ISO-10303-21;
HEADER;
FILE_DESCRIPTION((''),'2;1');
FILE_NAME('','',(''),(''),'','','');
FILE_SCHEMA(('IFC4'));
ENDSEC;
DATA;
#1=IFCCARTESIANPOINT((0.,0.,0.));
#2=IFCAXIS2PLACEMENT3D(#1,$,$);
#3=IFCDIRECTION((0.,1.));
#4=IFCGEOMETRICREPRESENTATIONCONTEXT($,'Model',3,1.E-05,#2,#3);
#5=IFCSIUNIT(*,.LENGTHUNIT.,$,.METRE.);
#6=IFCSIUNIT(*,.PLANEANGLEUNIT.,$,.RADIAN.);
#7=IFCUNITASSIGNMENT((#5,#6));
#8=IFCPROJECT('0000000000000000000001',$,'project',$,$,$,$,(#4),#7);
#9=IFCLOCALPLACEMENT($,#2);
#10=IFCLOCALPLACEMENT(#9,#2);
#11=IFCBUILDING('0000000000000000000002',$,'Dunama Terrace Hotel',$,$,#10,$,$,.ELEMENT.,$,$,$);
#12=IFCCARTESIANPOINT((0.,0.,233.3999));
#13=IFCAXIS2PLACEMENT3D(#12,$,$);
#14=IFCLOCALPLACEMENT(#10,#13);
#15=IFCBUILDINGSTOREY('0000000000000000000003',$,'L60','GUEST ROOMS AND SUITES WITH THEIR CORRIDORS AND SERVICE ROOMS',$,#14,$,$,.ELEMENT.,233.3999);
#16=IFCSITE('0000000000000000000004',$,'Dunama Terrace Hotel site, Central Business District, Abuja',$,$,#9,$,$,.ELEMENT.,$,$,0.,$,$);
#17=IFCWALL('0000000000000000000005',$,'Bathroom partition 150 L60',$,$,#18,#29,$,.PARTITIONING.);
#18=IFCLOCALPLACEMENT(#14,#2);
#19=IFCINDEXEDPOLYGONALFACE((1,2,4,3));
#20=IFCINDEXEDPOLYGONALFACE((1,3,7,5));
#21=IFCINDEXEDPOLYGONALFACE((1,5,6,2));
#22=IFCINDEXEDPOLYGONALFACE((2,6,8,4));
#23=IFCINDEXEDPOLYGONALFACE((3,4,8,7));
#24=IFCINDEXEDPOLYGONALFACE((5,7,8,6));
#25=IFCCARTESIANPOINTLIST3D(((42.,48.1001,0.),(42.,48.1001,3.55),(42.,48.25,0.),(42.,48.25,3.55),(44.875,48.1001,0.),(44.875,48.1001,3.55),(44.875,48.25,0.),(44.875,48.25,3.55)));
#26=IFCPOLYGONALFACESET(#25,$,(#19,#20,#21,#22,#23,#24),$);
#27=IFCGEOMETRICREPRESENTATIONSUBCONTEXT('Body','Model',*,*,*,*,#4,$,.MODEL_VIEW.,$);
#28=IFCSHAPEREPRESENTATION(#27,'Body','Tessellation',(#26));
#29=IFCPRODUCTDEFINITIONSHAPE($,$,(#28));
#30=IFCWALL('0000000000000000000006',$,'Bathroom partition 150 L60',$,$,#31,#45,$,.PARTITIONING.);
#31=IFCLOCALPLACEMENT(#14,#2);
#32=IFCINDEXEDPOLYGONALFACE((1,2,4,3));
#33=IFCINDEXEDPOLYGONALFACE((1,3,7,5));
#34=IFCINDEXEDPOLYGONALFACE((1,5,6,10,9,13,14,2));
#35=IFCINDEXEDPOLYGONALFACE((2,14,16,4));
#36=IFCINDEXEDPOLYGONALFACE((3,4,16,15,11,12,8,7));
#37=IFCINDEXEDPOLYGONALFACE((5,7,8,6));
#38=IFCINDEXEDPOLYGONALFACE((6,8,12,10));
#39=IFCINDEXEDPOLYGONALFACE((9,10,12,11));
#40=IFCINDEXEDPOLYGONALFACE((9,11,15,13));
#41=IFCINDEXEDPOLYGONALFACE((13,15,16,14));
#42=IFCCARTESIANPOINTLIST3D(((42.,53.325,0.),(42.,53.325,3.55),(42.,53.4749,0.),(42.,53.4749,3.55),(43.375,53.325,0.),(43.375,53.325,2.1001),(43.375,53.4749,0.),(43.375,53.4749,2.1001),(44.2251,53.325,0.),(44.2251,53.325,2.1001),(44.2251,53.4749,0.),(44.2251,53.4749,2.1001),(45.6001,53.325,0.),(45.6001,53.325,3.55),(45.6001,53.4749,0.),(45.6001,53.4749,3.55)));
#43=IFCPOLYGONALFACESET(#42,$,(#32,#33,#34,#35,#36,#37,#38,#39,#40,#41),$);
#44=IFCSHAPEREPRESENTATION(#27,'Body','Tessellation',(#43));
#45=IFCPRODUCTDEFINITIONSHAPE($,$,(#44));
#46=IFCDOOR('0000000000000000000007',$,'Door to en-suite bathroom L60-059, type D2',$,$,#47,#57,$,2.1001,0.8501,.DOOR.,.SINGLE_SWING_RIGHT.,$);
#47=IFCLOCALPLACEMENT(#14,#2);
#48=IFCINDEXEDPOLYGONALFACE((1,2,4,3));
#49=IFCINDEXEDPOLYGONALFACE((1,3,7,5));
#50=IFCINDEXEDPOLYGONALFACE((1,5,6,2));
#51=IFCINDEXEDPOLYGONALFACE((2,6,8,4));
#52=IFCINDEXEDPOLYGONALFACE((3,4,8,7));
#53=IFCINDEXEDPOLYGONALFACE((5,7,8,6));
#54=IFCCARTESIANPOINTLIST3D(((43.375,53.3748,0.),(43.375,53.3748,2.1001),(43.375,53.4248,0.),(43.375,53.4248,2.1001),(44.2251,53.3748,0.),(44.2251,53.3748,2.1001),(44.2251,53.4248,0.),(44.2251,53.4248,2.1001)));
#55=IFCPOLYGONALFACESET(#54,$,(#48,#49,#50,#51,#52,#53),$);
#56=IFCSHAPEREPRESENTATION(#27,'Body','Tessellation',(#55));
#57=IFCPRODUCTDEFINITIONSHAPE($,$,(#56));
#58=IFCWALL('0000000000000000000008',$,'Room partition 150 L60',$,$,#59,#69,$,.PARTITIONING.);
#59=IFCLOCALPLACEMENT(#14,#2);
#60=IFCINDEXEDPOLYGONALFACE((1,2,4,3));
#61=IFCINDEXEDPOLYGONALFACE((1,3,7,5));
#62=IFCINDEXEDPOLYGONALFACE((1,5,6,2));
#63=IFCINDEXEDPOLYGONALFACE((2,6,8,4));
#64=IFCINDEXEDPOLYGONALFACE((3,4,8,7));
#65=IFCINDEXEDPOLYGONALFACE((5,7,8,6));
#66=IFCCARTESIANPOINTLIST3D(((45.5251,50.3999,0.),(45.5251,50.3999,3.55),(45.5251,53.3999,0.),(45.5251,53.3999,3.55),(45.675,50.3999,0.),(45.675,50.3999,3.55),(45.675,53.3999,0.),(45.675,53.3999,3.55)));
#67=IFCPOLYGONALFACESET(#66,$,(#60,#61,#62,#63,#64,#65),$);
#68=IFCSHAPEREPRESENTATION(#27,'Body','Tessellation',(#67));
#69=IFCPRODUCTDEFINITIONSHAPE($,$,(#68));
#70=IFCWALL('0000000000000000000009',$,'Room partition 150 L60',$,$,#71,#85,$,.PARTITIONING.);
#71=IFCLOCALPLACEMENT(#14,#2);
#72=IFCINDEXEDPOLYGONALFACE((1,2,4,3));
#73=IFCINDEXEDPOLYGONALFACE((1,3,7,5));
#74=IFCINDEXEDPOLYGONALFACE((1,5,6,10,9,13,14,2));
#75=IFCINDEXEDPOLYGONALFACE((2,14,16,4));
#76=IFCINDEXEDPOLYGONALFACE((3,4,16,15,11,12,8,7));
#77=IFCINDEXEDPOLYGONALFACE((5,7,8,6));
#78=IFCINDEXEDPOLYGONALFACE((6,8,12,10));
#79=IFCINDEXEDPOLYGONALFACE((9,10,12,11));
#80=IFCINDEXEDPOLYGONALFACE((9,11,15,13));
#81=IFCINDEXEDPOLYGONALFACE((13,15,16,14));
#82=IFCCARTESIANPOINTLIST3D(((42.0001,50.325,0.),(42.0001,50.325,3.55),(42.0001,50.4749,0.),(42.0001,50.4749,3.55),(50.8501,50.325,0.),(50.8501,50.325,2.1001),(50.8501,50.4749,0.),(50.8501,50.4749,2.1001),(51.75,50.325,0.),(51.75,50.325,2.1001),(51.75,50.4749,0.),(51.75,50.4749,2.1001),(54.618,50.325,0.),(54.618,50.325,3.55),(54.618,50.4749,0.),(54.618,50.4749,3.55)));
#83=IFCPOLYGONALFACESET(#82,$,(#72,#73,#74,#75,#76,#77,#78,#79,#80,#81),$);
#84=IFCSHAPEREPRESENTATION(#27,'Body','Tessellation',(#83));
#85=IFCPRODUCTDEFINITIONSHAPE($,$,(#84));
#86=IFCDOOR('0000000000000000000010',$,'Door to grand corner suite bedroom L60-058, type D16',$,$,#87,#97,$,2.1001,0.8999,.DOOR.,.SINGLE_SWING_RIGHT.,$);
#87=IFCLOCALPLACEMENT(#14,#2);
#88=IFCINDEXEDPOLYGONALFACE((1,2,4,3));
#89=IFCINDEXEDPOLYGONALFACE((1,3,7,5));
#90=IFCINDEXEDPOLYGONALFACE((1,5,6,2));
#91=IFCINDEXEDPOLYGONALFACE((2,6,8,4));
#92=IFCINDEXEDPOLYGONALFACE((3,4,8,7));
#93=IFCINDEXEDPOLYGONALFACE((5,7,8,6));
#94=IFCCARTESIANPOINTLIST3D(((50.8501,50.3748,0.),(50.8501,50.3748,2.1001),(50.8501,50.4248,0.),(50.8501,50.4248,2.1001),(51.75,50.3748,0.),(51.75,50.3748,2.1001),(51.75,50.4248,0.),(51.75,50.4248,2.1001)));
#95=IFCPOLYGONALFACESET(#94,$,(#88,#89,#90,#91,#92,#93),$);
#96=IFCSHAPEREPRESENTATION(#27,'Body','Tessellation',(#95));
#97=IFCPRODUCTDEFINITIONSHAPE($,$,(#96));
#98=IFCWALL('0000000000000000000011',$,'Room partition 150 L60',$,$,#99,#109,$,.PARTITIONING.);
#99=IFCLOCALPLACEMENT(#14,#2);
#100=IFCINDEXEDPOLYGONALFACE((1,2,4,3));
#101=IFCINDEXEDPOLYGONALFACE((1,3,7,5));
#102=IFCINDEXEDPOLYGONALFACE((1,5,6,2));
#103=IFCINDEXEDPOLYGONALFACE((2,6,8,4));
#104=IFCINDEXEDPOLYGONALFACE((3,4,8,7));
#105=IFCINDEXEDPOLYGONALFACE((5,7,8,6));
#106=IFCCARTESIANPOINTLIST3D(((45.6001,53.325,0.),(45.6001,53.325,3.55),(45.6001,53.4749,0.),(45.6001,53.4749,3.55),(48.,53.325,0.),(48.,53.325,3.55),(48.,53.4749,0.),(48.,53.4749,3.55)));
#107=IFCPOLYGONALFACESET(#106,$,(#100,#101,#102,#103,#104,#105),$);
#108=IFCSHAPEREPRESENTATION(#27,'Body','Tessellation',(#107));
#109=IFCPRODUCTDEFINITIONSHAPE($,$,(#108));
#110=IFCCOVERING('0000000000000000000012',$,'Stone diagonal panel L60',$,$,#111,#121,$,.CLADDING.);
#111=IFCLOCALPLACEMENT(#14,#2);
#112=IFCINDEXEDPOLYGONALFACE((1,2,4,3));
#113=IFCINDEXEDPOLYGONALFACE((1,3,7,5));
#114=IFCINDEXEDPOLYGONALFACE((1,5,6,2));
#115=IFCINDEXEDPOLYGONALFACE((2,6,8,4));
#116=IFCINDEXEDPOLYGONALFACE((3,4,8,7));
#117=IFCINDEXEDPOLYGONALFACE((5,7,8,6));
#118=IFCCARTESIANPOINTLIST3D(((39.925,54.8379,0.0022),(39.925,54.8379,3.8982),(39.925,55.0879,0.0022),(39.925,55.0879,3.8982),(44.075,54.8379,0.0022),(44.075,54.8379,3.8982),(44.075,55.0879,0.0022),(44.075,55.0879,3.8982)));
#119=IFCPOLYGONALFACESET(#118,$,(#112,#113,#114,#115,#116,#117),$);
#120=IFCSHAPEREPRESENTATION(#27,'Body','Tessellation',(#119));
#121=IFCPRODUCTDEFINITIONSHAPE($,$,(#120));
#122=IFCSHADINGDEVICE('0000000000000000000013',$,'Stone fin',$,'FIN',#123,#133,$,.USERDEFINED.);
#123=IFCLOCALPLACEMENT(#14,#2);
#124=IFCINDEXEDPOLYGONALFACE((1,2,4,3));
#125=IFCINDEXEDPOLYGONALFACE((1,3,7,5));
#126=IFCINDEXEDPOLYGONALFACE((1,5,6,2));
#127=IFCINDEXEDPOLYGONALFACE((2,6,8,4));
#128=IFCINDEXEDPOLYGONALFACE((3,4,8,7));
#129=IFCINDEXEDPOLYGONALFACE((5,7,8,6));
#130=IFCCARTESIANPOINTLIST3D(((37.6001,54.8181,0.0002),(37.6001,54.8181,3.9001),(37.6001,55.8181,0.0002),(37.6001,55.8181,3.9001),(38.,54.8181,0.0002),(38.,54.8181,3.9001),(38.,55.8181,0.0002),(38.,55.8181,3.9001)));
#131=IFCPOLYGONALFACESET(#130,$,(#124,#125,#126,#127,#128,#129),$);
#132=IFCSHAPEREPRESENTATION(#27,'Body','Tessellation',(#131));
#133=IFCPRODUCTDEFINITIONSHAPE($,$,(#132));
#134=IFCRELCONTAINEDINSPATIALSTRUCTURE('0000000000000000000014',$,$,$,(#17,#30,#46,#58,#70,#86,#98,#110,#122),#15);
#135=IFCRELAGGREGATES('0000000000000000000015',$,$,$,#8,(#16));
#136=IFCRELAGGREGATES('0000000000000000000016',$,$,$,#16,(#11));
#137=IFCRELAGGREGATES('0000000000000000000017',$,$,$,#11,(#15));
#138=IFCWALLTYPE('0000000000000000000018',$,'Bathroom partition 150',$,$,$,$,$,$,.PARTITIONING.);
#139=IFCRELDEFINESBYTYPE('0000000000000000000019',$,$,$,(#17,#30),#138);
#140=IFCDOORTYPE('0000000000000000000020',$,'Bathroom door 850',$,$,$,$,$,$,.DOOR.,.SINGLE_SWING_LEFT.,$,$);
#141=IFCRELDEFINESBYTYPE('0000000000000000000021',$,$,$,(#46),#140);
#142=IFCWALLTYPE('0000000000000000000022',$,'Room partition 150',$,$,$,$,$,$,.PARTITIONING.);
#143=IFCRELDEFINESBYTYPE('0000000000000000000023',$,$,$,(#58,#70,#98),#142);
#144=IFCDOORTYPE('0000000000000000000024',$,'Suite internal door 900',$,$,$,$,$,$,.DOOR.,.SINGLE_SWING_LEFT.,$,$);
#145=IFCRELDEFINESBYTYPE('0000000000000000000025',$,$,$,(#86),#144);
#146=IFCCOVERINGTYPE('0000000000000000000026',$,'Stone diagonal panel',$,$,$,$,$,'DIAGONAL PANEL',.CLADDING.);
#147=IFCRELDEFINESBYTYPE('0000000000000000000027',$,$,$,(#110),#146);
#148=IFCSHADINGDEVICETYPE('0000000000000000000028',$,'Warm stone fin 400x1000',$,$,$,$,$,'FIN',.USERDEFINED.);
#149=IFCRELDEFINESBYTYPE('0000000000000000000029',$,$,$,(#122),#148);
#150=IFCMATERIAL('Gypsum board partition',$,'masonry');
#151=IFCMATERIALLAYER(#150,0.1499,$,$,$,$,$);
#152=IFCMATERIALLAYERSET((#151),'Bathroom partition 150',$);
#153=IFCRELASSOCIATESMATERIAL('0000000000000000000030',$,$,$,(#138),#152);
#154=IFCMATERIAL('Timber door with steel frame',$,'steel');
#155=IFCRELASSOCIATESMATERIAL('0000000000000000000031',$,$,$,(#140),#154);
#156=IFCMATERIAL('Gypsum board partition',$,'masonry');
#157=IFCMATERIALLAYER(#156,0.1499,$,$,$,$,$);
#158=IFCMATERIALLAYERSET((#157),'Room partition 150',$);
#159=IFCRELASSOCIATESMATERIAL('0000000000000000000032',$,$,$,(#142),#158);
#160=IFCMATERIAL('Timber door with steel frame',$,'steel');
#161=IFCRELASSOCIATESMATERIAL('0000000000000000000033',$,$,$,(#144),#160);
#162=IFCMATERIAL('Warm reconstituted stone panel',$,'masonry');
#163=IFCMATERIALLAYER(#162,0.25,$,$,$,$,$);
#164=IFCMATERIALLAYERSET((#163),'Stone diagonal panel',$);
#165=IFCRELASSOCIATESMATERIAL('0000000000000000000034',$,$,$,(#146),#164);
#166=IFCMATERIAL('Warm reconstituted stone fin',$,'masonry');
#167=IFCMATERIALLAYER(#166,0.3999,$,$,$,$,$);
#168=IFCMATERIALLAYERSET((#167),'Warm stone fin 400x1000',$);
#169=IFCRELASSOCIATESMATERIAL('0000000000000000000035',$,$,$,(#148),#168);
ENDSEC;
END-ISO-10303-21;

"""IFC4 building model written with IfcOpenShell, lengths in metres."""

from ifc_helpers import new_model, si_unit, direction, frame, frame_2d, origin, origin_2d, place, context, subcontext, project, spatial, rectangle, extrude, material, layer, layer_set, type_object, element, fill, save


model = new_model("IFC4")

# Units and contexts
model_context = context("Model", 3, precision=1e-05, world=origin(), true_north=direction((0.0, 1.0)))
body_context = subcontext(model_context, "Body", "Model", "MODEL_VIEW")
ifc_project = project(units=[si_unit("LENGTHUNIT", "METRE"), si_unit("PLANEANGLEUNIT", "RADIAN")], contexts=[model_context])

# Site, building, storey
site_placement = place(None, origin())
site = spatial("IfcSite", under=ifc_project, at=site_placement, Name="Dunama Terrace Hotel site, Central Business District, Abuja", CompositionType="ELEMENT", RefElevation=0.0)
building_placement = place(site_placement, origin())
building = spatial("IfcBuilding", under=site, at=building_placement, Name="Dunama Terrace Hotel", CompositionType="ELEMENT")
storey_placement = place(building_placement, frame((0.0, 0.0, 233.3999)))
storey = spatial("IfcBuildingStorey", under=building, at=storey_placement, Name="L60", Description="GUEST ROOMS AND SUITES WITH THEIR CORRIDORS AND SERVICE ROOMS", CompositionType="ELEMENT", Elevation=233.3999)

# Wall
ifc_material_1 = material(Name="Gypsum board partition", Category="masonry")
ifc_layer_1 = layer(ifc_material_1, 0.1499)
ifc_layer_set_1 = layer_set([ifc_layer_1], Name="Bathroom partition 150")
wall_type_1 = type_object("IfcWallType", Name="Bathroom partition 150", PredefinedType="PARTITIONING", material=ifc_layer_set_1)
wall_1_placement = place(storey_placement, frame((42.0, 48.175, 0.0), z_axis=(0.0, 0.0, 1.0), x_axis=(1.0, 0.0, 0.0)))
element("IfcWall", 1, at=wall_1_placement, inside=storey, type_object=wall_type_1, Name="Bathroom partition 150 L60", PredefinedType="PARTITIONING", context=body_context, shape_type="SweptSolid", body=[
    extrude(rectangle(XDim=2.875, YDim=0.1499, at=frame_2d((1.4375, 0.0))), origin(), (0.0, 0.0, 1.0), 3.55),
])

# Wall, opening, door
wall_2_placement = place(storey_placement, frame((42.0, 53.3999, 0.0), z_axis=(0.0, 0.0, 1.0), x_axis=(1.0, 0.0, 0.0)))
wall_2 = element("IfcWall", 2, at=wall_2_placement, inside=storey, type_object=wall_type_1, Name="Bathroom partition 150 L60", PredefinedType="PARTITIONING", context=body_context, shape_type="SweptSolid", body=[
    extrude(rectangle(XDim=3.6001, YDim=0.1499, at=frame_2d((1.8, 0.0))), origin(), (0.0, 0.0, 1.0), 3.55),
])
opening_1_placement = place(wall_2_placement, frame((1.375, 0.0, 0.0)))
opening_1 = element("IfcOpeningElement", 3, at=opening_1_placement, cuts=wall_2, PredefinedType="OPENING", context=body_context, shape_type="SweptSolid", body=[
    extrude(rectangle(XDim=0.8501, YDim=2.1001, at=frame_2d((0.425, 1.05))), frame((0.0, 0.085, 0.0), z_axis=(0.0, -1.0, 0.0), x_axis=(1.0, 0.0, 0.0)), (0.0, 0.0, 1.0), 0.1699),
])
ifc_material_2 = material(Name="Timber door with steel frame", Category="steel")
door_type_1 = type_object("IfcDoorType", Name="Bathroom door 850", OperationType="SINGLE_SWING_LEFT", PredefinedType="DOOR", material=ifc_material_2)
door_1_placement = place(opening_1_placement, frame((0.8501, 0.0, 0.0), z_axis=(0.0, 0.0, 1.0), x_axis=(-1.0, 0.0, 0.0)))
door_1 = element("IfcDoor", 4, at=door_1_placement, inside=storey, type_object=door_type_1, Name="Door to en-suite bathroom L60-059, type D2", OperationType="SINGLE_SWING_RIGHT", OverallHeight=2.1001, OverallWidth=0.8501, PredefinedType="DOOR", context=body_context, shape_type="SweptSolid", body=[
    extrude(rectangle(XDim=0.8501, YDim=2.1001, at=frame_2d((0.425, 1.05))), frame((0.0, 0.0251, 0.0), z_axis=(0.0, -1.0, 0.0), x_axis=(1.0, 0.0, 0.0)), (0.0, 0.0, 1.0), 0.05),
])
fill(opening_1, door_1)

# Wall
ifc_material_3 = material(Name="Gypsum board partition", Category="masonry")
ifc_layer_2 = layer(ifc_material_3, 0.1499)
ifc_layer_set_2 = layer_set([ifc_layer_2], Name="Room partition 150")
wall_type_2 = type_object("IfcWallType", Name="Room partition 150", PredefinedType="PARTITIONING", material=ifc_layer_set_2)
wall_3_placement = place(storey_placement, frame((45.6001, 50.3999, 0.0), z_axis=(0.0, 0.0, 1.0), x_axis=(0.0, 1.0, 0.0)))
element("IfcWall", 5, at=wall_3_placement, inside=storey, type_object=wall_type_2, Name="Room partition 150 L60", PredefinedType="PARTITIONING", context=body_context, shape_type="SweptSolid", body=[
    extrude(rectangle(XDim=3.0, YDim=0.1499, at=frame_2d((1.5, 0.0))), origin(), (0.0, 0.0, 1.0), 3.55),
])

# Wall, opening, door
wall_4_placement = place(storey_placement, frame((42.0, 50.3999, 0.0), z_axis=(0.0, 0.0, 1.0), x_axis=(1.0, 0.0, 0.0)))
wall_4 = element("IfcWall", 6, at=wall_4_placement, inside=storey, type_object=wall_type_2, Name="Room partition 150 L60", PredefinedType="PARTITIONING", context=body_context, shape_type="SweptSolid", body=[
    extrude(rectangle(XDim=12.6179, YDim=0.1499, at=frame_2d((6.3091, 0.0))), origin(), (0.0, 0.0, 1.0), 3.55),
])
opening_2_placement = place(wall_4_placement, frame((8.8501, 0.0, 0.0)))
opening_2 = element("IfcOpeningElement", 7, at=opening_2_placement, cuts=wall_4, PredefinedType="OPENING", context=body_context, shape_type="SweptSolid", body=[
    extrude(rectangle(XDim=0.8999, YDim=2.1001, at=frame_2d((0.45, 1.05))), frame((0.0, 0.085, 0.0), z_axis=(0.0, -1.0, 0.0), x_axis=(1.0, 0.0, 0.0)), (0.0, 0.0, 1.0), 0.1699),
])
ifc_material_4 = material(Name="Timber door with steel frame", Category="steel")
door_type_2 = type_object("IfcDoorType", Name="Suite internal door 900", OperationType="SINGLE_SWING_LEFT", PredefinedType="DOOR", material=ifc_material_4)
door_2_placement = place(opening_2_placement, origin())
door_2 = element("IfcDoor", 8, at=door_2_placement, inside=storey, type_object=door_type_2, Name="Door to grand corner suite bedroom L60-058, type D16", OperationType="SINGLE_SWING_RIGHT", OverallHeight=2.1001, OverallWidth=0.8999, PredefinedType="DOOR", context=body_context, shape_type="SweptSolid", body=[
    extrude(rectangle(XDim=0.8999, YDim=2.1001, at=frame_2d((0.45, 1.05))), frame((0.0, 0.0249, 0.0), z_axis=(0.0, -1.0, 0.0), x_axis=(1.0, 0.0, 0.0)), (0.0, 0.0, 1.0), 0.05),
])
fill(opening_2, door_2)

# Wall
wall_5_placement = place(storey_placement, frame((45.6001, 53.3999, 0.0), z_axis=(0.0, 0.0, 1.0), x_axis=(1.0, 0.0, 0.0)))
element("IfcWall", 9, at=wall_5_placement, inside=storey, type_object=wall_type_2, Name="Room partition 150 L60", PredefinedType="PARTITIONING", context=body_context, shape_type="SweptSolid", body=[
    extrude(rectangle(XDim=2.3999, YDim=0.1499, at=frame_2d((1.2, 0.0))), origin(), (0.0, 0.0, 1.0), 3.55),
])

# Covering
ifc_material_5 = material(Name="Warm reconstituted stone panel", Category="masonry")
ifc_layer_3 = layer(ifc_material_5, 0.25)
ifc_layer_set_3 = layer_set([ifc_layer_3], Name="Stone diagonal panel")
covering_type = type_object("IfcCoveringType", Name="Stone diagonal panel", ElementType="DIAGONAL PANEL", PredefinedType="CLADDING", material=ifc_layer_set_3)
covering_placement = place(storey_placement, frame((42.0, 54.9629, 0.0022), z_axis=(0.0, 0.0, 1.0), x_axis=(-1.0, 0.0, 0.0)))
element("IfcCovering", 10, at=covering_placement, inside=storey, type_object=covering_type, Name="Stone diagonal panel L60", PredefinedType="CLADDING", context=body_context, shape_type="SweptSolid", body=[
    extrude(rectangle(XDim=4.1499, YDim=0.25, at=origin_2d()), origin(), (0.0, 0.0, 1.0), 3.896),
])

# Shading device
ifc_material_6 = material(Name="Warm reconstituted stone fin", Category="masonry")
ifc_layer_4 = layer(ifc_material_6, 0.3999)
ifc_layer_set_4 = layer_set([ifc_layer_4], Name="Warm stone fin 400x1000")
shading_device_type = type_object("IfcShadingDeviceType", Name="Warm stone fin 400x1000", ElementType="FIN", PredefinedType="USERDEFINED", material=ifc_layer_set_4)
shading_device_placement = place(storey_placement, frame((37.8, 55.3181, 0.0002), z_axis=(0.0, 0.0, 1.0), x_axis=(-1.0, 0.0, 0.0)))
element("IfcShadingDevice", 11, at=shading_device_placement, inside=storey, type_object=shading_device_type, Name="Stone fin", ObjectType="FIN", PredefinedType="USERDEFINED", context=body_context, shape_type="SweptSolid", body=[
    extrude(rectangle(XDim=0.3999, YDim=1.0, at=origin_2d()), origin(), (0.0, 0.0, 1.0), 3.8999),
])

save(model, "model.ifc")
